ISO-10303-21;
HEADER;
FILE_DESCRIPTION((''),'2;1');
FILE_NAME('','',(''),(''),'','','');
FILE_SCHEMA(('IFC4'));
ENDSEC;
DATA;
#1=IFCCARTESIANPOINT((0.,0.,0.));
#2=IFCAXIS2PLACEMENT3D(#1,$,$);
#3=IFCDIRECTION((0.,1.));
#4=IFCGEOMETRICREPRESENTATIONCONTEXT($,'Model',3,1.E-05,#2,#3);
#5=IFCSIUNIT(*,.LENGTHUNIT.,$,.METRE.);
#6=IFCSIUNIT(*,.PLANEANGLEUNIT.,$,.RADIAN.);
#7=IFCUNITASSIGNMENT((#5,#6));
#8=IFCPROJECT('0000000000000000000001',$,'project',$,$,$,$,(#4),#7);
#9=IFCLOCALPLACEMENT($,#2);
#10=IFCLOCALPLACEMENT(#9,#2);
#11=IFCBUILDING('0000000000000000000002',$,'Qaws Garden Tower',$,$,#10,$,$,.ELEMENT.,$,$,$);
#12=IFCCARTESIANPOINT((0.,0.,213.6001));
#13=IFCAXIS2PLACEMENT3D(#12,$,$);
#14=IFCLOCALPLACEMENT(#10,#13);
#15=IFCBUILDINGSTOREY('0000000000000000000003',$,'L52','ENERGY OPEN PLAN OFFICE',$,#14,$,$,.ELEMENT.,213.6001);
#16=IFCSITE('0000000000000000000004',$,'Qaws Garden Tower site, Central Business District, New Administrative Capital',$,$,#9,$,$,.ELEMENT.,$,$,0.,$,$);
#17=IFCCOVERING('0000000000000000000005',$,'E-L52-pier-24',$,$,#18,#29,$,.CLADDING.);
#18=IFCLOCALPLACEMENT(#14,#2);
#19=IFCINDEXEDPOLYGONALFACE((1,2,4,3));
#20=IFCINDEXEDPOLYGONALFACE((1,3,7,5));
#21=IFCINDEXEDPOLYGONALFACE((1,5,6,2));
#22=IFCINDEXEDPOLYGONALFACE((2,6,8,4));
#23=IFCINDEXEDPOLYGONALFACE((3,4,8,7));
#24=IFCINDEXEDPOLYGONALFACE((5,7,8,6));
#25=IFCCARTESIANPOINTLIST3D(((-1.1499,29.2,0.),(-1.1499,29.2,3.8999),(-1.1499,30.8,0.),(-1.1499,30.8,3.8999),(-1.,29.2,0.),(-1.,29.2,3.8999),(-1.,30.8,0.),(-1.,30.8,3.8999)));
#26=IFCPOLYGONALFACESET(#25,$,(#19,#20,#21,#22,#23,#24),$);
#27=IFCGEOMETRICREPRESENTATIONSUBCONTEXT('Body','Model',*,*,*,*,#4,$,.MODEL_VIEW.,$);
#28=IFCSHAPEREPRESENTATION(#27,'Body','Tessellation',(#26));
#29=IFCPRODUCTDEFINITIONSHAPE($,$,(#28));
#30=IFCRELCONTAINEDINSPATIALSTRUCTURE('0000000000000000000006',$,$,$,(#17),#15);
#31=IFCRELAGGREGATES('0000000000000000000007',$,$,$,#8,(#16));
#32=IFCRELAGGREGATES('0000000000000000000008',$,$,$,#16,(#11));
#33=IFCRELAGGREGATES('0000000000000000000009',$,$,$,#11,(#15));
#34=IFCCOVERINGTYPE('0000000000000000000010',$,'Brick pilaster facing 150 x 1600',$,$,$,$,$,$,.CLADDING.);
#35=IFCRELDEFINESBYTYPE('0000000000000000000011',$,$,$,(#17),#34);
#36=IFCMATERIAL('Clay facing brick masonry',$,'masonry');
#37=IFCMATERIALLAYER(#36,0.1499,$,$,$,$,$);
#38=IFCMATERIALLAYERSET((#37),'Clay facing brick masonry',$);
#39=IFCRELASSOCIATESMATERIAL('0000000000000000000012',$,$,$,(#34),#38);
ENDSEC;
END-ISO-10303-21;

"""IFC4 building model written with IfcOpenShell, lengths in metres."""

from ifc_helpers import new_model, si_unit, direction, frame, origin, place, context, subcontext, project, spatial, polyline, outline, extrude, material, layer, layer_set, type_object, element, save


model = new_model("IFC4")

# Units and contexts
model_context = context("Model", 3, precision=1e-05, world=origin(), true_north=direction((0.0, 1.0)))
body_context = subcontext(model_context, "Body", "Model", "MODEL_VIEW")
ifc_project = project(units=[si_unit("LENGTHUNIT", "METRE"), si_unit("PLANEANGLEUNIT", "RADIAN")], contexts=[model_context])

# Site, building, storey
site_placement = place(None, origin())
site = spatial("IfcSite", under=ifc_project, at=site_placement, Name="Qaws Garden Tower site, Central Business District, New Administrative Capital", CompositionType="ELEMENT", RefElevation=0.0)
building_placement = place(site_placement, origin())
building = spatial("IfcBuilding", under=site, at=building_placement, Name="Qaws Garden Tower", CompositionType="ELEMENT")
storey_placement = place(building_placement, frame((0.0, 0.0, 213.6001)))
storey = spatial("IfcBuildingStorey", under=building, at=storey_placement, Name="L52", Description="ENERGY OPEN PLAN OFFICE", CompositionType="ELEMENT", Elevation=213.6001)

# Shared definitions
placement = place(storey_placement, origin())

# Covering
ifc_material_1 = material(Name="Clay facing brick masonry", Category="masonry")
ifc_layer_1 = layer(ifc_material_1, 0.1499)
ifc_layer_set_1 = layer_set([ifc_layer_1], Name="Clay facing brick masonry")
covering_type = type_object("IfcCoveringType", Name="Brick pilaster facing 150 x 1600", PredefinedType="CLADDING", material=ifc_layer_set_1)
element("IfcCovering", 1, at=placement, inside=storey, type_object=covering_type, Name="E-L52-pier-24", PredefinedType="CLADDING", context=body_context, shape_type="SweptSolid", body=[
    extrude(outline(polyline([(-1.0, 30.8), (-1.0, 29.2), (-1.1499, 29.2), (-1.1499, 30.8), (-1.0, 30.8)])), origin(), (0.0, 0.0, 1.0), 3.8999),
])

save(model, "model.ifc")
